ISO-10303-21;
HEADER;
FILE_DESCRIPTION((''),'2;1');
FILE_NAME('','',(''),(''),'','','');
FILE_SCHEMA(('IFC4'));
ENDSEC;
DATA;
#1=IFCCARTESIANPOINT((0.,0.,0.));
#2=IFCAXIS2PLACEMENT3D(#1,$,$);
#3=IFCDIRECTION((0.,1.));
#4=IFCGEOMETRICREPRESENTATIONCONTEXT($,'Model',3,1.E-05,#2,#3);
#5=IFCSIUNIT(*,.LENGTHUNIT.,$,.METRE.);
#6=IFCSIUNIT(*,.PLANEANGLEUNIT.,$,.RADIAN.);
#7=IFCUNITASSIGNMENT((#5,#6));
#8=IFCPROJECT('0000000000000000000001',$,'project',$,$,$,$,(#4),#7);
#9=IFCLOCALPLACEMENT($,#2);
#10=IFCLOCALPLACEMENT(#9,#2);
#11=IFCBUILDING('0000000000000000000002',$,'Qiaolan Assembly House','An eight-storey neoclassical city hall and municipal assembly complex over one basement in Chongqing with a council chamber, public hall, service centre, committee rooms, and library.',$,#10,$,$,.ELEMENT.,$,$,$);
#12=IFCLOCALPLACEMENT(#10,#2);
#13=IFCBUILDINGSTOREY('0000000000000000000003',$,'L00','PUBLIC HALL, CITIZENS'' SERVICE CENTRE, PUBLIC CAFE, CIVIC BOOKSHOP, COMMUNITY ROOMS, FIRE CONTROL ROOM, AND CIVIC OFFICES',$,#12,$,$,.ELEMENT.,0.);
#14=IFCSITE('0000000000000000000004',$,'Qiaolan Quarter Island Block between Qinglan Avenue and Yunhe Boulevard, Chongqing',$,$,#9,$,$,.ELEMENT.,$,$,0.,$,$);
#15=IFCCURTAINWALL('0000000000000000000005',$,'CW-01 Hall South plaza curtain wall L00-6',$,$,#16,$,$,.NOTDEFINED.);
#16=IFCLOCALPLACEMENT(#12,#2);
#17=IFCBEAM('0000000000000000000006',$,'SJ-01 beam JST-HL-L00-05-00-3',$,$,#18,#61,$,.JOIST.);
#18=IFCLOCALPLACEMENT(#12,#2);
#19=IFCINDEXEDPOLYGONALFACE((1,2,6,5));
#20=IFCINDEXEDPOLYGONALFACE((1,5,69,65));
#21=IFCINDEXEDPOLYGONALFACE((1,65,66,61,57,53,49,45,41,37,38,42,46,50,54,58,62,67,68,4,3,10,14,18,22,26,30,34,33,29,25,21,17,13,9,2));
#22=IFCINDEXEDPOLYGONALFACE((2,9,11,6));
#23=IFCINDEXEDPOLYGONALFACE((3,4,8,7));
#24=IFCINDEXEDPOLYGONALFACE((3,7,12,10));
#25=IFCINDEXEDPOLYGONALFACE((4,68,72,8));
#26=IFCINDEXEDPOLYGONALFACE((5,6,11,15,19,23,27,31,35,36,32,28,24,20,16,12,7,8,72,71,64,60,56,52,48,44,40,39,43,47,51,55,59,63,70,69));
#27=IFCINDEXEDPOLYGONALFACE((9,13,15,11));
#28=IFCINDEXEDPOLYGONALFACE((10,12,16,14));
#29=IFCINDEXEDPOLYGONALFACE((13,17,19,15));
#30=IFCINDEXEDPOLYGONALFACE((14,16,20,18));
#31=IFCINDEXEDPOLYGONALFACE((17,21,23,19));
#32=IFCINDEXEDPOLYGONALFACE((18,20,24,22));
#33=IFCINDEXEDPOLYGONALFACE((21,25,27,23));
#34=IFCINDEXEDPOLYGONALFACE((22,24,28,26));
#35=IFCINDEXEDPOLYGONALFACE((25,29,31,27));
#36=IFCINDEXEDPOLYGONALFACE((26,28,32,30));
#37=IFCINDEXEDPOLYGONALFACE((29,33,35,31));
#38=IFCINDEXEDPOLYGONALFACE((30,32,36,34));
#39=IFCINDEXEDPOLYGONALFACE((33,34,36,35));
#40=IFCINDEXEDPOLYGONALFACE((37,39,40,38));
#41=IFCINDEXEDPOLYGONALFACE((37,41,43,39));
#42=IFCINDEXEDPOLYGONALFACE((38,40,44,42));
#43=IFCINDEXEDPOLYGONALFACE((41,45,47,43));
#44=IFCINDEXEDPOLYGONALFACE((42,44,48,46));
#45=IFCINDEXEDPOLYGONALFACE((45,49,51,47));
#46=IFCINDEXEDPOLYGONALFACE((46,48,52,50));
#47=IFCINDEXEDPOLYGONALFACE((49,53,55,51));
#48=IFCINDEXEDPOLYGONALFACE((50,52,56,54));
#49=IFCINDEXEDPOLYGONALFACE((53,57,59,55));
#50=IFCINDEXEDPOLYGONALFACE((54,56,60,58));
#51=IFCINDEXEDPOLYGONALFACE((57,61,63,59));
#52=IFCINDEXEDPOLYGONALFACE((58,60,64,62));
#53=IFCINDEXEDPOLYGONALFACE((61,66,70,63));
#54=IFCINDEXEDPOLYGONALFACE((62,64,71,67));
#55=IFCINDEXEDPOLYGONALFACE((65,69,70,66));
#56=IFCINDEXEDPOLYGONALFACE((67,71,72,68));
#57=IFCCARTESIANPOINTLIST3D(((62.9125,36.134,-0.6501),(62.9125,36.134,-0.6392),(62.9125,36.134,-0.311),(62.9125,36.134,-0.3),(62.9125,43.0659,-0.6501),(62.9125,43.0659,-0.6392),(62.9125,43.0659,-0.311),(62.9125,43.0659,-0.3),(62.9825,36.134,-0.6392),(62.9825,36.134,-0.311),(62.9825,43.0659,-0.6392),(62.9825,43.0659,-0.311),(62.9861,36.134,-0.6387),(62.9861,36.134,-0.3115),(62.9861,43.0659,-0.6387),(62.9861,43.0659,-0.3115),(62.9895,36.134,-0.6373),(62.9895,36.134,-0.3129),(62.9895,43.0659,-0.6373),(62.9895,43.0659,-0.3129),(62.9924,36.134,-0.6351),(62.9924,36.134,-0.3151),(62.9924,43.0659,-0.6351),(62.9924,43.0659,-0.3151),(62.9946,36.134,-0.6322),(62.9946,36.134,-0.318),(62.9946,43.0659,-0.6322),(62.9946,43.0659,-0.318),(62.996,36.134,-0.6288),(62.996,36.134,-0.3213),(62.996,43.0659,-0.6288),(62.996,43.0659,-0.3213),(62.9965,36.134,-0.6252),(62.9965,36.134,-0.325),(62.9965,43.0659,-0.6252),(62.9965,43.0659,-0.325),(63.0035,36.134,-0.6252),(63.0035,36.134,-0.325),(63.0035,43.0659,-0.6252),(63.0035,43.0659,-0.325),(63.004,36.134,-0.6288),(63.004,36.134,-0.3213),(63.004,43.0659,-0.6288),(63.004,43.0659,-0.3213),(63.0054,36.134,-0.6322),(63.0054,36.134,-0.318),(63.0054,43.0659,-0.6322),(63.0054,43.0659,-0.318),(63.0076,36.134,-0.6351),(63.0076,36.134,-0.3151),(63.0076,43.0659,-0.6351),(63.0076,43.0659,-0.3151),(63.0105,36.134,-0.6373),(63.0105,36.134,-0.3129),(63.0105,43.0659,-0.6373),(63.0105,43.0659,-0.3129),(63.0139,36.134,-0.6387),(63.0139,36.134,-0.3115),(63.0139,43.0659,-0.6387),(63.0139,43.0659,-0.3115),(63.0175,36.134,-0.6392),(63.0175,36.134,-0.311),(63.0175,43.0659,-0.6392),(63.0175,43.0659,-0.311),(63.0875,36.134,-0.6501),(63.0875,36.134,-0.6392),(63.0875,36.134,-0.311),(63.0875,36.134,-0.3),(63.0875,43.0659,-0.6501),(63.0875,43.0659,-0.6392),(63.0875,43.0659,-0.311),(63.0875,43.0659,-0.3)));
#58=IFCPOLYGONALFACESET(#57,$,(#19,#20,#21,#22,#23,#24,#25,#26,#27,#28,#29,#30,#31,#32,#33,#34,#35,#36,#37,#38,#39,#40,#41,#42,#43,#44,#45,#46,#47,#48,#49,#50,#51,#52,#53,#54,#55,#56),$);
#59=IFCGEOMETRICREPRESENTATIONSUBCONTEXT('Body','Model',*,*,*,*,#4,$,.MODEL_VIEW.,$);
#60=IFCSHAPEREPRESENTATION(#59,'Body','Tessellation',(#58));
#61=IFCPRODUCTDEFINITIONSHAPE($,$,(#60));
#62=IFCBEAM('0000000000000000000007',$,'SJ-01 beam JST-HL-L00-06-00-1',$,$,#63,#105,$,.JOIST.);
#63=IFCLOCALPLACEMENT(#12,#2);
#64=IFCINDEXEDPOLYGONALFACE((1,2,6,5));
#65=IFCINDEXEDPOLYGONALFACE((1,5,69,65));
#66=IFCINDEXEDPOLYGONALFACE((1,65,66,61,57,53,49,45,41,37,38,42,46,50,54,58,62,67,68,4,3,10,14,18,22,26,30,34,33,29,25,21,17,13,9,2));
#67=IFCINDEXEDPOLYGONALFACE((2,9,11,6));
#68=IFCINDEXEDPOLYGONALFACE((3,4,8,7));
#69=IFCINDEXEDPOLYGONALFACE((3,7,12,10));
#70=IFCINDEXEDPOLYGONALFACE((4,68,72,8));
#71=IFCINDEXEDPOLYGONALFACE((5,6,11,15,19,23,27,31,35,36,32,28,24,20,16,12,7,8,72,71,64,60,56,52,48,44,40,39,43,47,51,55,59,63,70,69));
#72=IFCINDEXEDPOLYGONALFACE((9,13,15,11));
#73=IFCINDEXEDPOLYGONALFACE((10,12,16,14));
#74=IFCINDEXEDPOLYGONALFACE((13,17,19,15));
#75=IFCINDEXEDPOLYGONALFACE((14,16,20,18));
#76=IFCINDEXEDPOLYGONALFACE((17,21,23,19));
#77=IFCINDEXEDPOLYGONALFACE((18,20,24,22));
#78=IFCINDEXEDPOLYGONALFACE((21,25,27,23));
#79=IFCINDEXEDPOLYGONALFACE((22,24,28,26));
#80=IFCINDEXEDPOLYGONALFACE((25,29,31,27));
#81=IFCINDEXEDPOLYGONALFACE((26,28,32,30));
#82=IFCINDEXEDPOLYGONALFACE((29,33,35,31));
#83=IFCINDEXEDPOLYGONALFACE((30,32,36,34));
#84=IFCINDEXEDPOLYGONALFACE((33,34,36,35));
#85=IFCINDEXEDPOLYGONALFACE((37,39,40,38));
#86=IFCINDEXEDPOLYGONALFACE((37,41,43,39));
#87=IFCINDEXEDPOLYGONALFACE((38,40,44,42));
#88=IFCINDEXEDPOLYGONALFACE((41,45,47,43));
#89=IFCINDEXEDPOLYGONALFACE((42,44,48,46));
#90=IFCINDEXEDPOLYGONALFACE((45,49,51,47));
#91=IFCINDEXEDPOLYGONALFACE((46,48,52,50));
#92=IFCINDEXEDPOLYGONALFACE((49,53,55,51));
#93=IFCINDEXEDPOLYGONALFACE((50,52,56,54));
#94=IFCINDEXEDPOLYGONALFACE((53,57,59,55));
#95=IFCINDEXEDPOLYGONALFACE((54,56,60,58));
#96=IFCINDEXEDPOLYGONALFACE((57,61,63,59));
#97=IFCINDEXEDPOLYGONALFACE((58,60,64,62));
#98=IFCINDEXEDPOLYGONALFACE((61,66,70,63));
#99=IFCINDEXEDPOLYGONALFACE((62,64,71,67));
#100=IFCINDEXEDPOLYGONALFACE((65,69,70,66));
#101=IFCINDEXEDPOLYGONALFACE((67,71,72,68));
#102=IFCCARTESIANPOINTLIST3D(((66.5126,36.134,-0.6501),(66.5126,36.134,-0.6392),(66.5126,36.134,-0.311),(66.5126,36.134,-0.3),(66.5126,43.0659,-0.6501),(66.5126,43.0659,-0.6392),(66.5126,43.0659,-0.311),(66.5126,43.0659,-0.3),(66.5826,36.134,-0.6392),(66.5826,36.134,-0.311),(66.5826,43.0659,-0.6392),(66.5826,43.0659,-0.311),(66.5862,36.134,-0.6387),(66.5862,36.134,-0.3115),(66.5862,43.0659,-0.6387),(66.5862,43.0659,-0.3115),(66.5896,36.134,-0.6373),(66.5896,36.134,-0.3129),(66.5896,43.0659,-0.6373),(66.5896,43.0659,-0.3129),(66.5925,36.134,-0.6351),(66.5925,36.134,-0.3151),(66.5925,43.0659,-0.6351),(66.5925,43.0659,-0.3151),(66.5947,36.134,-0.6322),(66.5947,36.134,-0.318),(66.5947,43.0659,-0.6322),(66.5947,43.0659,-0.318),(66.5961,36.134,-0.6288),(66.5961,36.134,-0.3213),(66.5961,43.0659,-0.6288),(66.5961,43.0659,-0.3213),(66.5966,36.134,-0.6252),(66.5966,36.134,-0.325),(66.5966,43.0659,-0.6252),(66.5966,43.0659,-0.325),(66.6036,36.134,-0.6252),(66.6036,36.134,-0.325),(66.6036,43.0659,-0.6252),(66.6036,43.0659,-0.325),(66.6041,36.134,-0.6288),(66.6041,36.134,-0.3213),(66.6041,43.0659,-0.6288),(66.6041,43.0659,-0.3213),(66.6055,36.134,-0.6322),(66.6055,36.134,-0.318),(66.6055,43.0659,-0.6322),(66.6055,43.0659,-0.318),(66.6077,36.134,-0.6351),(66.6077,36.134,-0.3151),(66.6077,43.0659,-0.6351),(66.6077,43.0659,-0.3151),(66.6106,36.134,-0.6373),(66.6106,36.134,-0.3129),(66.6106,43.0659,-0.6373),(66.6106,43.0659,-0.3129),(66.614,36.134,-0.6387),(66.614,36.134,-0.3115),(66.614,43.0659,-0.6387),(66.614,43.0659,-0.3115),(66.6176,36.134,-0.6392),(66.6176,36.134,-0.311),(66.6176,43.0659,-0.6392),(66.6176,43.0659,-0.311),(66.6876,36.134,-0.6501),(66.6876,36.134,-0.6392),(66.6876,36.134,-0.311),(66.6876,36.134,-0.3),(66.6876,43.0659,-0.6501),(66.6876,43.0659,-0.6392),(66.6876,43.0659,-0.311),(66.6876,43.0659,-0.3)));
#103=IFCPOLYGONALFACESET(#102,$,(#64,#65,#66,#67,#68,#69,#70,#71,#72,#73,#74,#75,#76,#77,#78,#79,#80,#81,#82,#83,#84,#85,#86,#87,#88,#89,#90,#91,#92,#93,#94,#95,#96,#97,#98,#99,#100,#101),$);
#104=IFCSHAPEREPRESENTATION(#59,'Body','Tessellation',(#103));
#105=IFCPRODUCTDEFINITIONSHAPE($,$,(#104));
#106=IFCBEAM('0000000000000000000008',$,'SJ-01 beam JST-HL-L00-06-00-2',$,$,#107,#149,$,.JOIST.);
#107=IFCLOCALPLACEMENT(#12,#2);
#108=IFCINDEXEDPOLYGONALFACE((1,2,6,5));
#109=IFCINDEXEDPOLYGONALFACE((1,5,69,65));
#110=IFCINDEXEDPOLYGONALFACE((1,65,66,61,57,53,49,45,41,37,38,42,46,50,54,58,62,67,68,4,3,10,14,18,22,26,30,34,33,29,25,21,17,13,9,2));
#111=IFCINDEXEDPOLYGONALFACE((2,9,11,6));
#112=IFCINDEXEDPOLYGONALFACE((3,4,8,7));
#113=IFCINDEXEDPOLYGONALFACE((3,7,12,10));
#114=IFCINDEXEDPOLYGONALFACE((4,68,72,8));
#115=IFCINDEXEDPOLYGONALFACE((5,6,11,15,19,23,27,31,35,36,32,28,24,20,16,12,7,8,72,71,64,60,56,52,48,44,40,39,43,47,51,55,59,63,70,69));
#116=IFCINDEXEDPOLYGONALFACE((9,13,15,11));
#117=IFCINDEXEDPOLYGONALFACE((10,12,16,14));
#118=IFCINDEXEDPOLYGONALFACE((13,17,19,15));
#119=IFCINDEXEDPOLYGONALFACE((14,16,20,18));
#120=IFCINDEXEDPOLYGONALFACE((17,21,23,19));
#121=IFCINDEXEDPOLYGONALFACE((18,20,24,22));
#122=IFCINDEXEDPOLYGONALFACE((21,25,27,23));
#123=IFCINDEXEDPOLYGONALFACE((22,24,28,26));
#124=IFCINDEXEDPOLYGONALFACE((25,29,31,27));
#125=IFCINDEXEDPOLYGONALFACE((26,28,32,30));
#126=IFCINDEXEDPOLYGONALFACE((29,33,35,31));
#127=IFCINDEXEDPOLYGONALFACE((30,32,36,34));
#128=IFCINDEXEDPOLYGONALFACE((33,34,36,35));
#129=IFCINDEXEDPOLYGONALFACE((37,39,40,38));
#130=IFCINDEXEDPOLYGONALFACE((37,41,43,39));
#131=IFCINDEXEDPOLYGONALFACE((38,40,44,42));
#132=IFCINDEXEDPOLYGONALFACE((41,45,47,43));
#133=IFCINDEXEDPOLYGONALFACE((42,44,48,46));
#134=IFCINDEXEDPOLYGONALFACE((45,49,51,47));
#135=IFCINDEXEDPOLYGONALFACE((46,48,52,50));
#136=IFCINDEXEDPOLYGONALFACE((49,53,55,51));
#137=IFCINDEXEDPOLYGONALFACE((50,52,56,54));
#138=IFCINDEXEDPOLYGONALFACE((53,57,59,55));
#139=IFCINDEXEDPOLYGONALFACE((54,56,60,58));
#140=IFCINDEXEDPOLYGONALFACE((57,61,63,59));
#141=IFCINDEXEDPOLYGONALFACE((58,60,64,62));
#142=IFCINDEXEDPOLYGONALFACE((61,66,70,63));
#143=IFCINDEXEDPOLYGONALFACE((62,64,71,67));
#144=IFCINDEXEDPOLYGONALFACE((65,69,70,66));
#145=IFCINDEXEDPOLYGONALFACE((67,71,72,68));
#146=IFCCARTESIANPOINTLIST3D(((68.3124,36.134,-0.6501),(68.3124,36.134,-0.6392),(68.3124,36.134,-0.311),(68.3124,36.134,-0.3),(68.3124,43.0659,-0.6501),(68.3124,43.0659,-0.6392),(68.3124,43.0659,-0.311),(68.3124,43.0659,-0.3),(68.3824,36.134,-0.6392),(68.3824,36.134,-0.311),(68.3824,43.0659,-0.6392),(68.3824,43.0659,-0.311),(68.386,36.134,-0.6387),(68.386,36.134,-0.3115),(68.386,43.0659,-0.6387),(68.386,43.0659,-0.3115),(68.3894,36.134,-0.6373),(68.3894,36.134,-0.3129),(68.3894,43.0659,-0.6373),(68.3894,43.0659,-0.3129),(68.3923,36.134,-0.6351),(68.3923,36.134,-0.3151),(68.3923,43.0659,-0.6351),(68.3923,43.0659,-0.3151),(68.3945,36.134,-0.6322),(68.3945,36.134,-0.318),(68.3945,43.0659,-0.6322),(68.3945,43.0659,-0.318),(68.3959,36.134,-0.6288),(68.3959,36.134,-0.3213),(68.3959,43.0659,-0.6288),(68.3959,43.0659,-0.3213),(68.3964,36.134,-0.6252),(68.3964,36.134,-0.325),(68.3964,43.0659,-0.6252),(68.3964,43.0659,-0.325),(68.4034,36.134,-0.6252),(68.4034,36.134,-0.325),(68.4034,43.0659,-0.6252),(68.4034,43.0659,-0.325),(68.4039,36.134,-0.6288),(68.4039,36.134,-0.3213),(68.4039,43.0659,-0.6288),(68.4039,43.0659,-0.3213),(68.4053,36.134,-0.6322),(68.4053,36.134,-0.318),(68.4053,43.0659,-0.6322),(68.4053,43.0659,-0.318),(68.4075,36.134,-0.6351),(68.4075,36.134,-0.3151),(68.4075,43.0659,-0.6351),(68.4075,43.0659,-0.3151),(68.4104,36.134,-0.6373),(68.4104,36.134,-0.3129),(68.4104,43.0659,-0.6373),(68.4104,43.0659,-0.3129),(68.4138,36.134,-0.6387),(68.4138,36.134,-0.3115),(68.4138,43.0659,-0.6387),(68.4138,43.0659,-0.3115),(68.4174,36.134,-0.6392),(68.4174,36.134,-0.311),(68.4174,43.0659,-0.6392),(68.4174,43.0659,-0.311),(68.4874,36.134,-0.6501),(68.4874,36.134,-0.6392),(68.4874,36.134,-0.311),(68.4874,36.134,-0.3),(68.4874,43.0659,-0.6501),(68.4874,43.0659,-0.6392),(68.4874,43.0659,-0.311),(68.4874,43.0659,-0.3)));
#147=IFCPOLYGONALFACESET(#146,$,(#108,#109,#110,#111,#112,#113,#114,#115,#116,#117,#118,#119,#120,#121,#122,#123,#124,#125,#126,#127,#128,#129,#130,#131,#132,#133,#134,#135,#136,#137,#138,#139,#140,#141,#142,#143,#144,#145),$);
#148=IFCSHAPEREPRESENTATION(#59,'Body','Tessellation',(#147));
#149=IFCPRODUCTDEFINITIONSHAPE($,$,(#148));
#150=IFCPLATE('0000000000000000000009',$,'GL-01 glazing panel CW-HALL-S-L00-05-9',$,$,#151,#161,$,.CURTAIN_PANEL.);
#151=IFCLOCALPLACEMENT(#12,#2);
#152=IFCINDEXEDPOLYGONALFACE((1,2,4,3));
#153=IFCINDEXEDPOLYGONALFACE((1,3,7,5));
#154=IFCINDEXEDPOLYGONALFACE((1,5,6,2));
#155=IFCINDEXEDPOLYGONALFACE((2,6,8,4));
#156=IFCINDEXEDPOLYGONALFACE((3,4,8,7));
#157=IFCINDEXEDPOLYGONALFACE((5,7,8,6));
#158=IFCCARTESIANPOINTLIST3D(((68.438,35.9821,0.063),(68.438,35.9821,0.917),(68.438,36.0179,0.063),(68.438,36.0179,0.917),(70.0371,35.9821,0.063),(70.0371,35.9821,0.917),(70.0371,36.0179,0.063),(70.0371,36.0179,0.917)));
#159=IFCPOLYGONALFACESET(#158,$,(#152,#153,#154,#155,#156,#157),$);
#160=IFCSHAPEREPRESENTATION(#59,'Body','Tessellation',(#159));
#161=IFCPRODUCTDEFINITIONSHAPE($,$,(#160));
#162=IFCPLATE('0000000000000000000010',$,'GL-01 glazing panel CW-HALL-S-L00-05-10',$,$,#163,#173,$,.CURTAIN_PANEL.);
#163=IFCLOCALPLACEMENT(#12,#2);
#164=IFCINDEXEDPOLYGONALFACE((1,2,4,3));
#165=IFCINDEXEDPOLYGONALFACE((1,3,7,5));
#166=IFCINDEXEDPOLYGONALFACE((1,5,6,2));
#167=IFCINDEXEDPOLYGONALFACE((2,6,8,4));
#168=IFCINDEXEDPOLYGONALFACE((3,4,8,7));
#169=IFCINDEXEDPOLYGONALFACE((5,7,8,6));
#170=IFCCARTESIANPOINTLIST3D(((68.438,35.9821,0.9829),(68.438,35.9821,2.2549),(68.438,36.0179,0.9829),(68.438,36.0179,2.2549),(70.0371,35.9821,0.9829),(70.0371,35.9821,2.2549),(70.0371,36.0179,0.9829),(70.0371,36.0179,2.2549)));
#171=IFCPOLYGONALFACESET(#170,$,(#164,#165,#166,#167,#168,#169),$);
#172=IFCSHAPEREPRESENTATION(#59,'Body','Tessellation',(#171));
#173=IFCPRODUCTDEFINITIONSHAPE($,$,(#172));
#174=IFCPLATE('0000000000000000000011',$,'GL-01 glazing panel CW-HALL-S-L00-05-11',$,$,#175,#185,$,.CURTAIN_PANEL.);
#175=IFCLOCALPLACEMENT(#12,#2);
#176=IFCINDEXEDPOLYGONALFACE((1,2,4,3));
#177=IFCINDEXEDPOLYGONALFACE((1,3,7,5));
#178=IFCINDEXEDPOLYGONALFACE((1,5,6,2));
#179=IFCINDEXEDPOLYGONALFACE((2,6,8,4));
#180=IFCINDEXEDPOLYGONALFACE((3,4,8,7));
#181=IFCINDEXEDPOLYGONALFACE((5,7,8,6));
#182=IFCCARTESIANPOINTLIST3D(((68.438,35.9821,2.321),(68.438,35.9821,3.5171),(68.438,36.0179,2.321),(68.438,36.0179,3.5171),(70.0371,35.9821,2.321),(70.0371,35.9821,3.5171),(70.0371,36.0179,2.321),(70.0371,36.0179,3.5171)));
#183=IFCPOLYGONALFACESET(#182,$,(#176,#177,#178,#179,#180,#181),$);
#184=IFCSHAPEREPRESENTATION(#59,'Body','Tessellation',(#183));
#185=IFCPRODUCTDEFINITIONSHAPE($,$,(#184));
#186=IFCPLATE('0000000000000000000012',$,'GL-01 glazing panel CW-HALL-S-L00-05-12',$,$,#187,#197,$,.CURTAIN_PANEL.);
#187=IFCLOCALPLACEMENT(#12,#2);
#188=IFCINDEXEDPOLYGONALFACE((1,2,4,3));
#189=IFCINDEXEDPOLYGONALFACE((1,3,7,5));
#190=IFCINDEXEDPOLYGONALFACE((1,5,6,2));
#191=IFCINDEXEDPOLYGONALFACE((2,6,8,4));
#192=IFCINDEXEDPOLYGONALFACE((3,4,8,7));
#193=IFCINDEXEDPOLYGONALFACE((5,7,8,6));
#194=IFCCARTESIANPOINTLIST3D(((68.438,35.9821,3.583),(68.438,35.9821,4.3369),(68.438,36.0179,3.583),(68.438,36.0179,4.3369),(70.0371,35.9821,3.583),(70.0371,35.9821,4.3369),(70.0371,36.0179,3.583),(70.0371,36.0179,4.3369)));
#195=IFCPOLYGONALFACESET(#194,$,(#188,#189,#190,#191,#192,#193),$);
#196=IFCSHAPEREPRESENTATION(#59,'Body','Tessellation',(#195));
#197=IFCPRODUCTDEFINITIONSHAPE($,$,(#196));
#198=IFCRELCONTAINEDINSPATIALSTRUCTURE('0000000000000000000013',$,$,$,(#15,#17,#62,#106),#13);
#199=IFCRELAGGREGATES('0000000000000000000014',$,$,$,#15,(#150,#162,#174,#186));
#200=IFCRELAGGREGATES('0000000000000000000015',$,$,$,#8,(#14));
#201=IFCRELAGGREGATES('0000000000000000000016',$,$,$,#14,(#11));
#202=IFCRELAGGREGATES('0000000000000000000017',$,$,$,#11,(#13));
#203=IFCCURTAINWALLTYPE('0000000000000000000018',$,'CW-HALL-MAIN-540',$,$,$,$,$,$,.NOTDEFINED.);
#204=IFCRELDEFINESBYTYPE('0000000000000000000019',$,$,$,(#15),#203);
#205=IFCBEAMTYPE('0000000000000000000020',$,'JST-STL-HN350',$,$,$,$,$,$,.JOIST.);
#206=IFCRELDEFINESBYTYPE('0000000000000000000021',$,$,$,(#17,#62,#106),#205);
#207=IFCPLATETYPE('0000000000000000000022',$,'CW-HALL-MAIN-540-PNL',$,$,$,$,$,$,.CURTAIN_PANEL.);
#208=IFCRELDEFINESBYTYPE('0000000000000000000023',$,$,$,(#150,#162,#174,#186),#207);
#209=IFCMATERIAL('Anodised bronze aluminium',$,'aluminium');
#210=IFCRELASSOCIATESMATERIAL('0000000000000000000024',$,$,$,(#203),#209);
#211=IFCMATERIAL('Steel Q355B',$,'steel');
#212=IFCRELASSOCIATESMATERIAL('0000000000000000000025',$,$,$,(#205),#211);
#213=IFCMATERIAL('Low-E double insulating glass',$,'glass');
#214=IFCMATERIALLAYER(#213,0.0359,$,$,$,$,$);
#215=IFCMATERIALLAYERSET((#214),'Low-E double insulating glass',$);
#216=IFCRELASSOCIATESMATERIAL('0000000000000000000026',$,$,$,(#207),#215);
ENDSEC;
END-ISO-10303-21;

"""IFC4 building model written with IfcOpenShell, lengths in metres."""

from ifc_helpers import new_model, si_unit, direction, frame, frame_2d, origin, origin_2d, place, context, subcontext, project, spatial, rectangle, i_section, extrude, material, layer, layer_set, material_profile, profile_set, type_object, element, aggregate, save


model = new_model("IFC4")

# Units and contexts
model_context = context("Model", 3, precision=1e-05, world=origin(), true_north=direction((0.0, 1.0)))
body_context = subcontext(model_context, "Body", "Model", "MODEL_VIEW")
ifc_project = project(units=[si_unit("LENGTHUNIT", "METRE"), si_unit("PLANEANGLEUNIT", "RADIAN")], contexts=[model_context])

# Site, building, storey
site_placement = place(None, origin())
site = spatial("IfcSite", under=ifc_project, at=site_placement, Name="Qiaolan Quarter Island Block between Qinglan Avenue and Yunhe Boulevard, Chongqing", CompositionType="ELEMENT", RefElevation=0.0)
building_placement = place(site_placement, origin())
building = spatial("IfcBuilding", under=site, at=building_placement, Name="Qiaolan Assembly House", Description="An eight-storey neoclassical city hall and municipal assembly complex over one basement in Chongqing with a council chamber, public hall, service centre, committee rooms, and library.", CompositionType="ELEMENT")
storey_placement = place(building_placement, origin())
storey = spatial("IfcBuildingStorey", under=building, at=storey_placement, Name="L00", Description="PUBLIC HALL, CITIZENS' SERVICE CENTRE, PUBLIC CAFE, CIVIC BOOKSHOP, COMMUNITY ROOMS, FIRE CONTROL ROOM, AND CIVIC OFFICES", CompositionType="ELEMENT", Elevation=0.0)

# Shared definitions
ifc_material_1 = material(Name="Steel Q355B", Category="steel")

# Curtain wall
ifc_material_2 = material(Name="Anodised bronze aluminium", Category="aluminium")
curtain_wall_type = type_object("IfcCurtainWallType", Name="CW-HALL-MAIN-540", PredefinedType="NOTDEFINED", material=ifc_material_2)
curtain_wall_placement = place(storey_placement, origin())
curtain_wall = element("IfcCurtainWall", 1, at=curtain_wall_placement, inside=storey, type_object=curtain_wall_type, Name="CW-01 Hall South plaza curtain wall L00-6", PredefinedType="NOTDEFINED")

# Beams
ifc_material_profile_1 = material_profile(ifc_material_1, i_section(OverallWidth=0.175, OverallDepth=0.3501, WebThickness=0.0071, FlangeThickness=0.011, FilletRadius=0.0139, at=origin_2d()), Name="HN 350x175x7x11")
ifc_profile_set_1 = profile_set([ifc_material_profile_1], Name="Steel Q355B")
beam_type_1 = type_object("IfcBeamType", Name="JST-STL-HN350", PredefinedType="JOIST", material=ifc_profile_set_1)
for number, where, z_axis, x_axis, name in (
    (2, (63.0, 36.134, -0.4751), (0.0, 1.0, 0.0), (-1.0, 0.0, 0.0), "SJ-01 beam JST-HL-L00-05-00-3"),
    (3, (66.6001, 36.134, -0.4751), (0.0, 1.0, 0.0), (-1.0, 0.0, 0.0), "SJ-01 beam JST-HL-L00-06-00-1"),
    (4, (68.3999, 36.134, -0.4751), (0.0, 1.0, 0.0), (-1.0, 0.0, 0.0), "SJ-01 beam JST-HL-L00-06-00-2"),
):
    element("IfcBeam", number, at=place(storey_placement, frame(where, z_axis=z_axis, x_axis=x_axis)), inside=storey, type_object=beam_type_1, Name=name, PredefinedType="JOIST", context=body_context, shape_type="SweptSolid", body=[
        extrude(i_section(OverallWidth=0.175, OverallDepth=0.3501, WebThickness=0.0071, FlangeThickness=0.011, FilletRadius=0.0139, at=origin_2d()), origin(), (0.0, 0.0, 1.0), 6.9319),
    ])

# Plates
ifc_material_3 = material(Name="Low-E double insulating glass", Category="glass")
ifc_layer_1 = layer(ifc_material_3, 0.0359)
ifc_layer_set_1 = layer_set([ifc_layer_1], Name="Low-E double insulating glass")
plate_type_1 = type_object("IfcPlateType", Name="CW-HALL-MAIN-540-PNL", PredefinedType="CURTAIN_PANEL", material=ifc_layer_set_1)
plate_1_placement = place(storey_placement, frame((68.438, 36.0, 0.063), z_axis=(0.0, 0.0, 1.0), x_axis=(1.0, 0.0, 0.0)))
plate_1 = element("IfcPlate", 5, at=plate_1_placement, type_object=plate_type_1, Name="GL-01 glazing panel CW-HALL-S-L00-05-9", PredefinedType="CURTAIN_PANEL", context=body_context, shape_type="SweptSolid", body=[
    extrude(rectangle(XDim=1.5991, YDim=0.0359, at=frame_2d((0.7996, 0.0))), origin(), (0.0, 0.0, 1.0), 0.854),
])
plate_2_placement = place(storey_placement, frame((68.438, 36.0, 0.9829), z_axis=(0.0, 0.0, 1.0), x_axis=(1.0, 0.0, 0.0)))
plate_2 = element("IfcPlate", 6, at=plate_2_placement, type_object=plate_type_1, Name="GL-01 glazing panel CW-HALL-S-L00-05-10", PredefinedType="CURTAIN_PANEL", context=body_context, shape_type="SweptSolid", body=[
    extrude(rectangle(XDim=1.5991, YDim=0.0359, at=frame_2d((0.7996, 0.0))), origin(), (0.0, 0.0, 1.0), 1.272),
])
plate_3_placement = place(storey_placement, frame((68.438, 36.0, 2.321), z_axis=(0.0, 0.0, 1.0), x_axis=(1.0, 0.0, 0.0)))
plate_3 = element("IfcPlate", 7, at=plate_3_placement, type_object=plate_type_1, Name="GL-01 glazing panel CW-HALL-S-L00-05-11", PredefinedType="CURTAIN_PANEL", context=body_context, shape_type="SweptSolid", body=[
    extrude(rectangle(XDim=1.5991, YDim=0.0359, at=frame_2d((0.7996, 0.0))), origin(), (0.0, 0.0, 1.0), 1.196),
])
plate_4_placement = place(storey_placement, frame((68.438, 36.0, 3.583), z_axis=(0.0, 0.0, 1.0), x_axis=(1.0, 0.0, 0.0)))
plate_4 = element("IfcPlate", 8, at=plate_4_placement, type_object=plate_type_1, Name="GL-01 glazing panel CW-HALL-S-L00-05-12", PredefinedType="CURTAIN_PANEL", context=body_context, shape_type="SweptSolid", body=[
    extrude(rectangle(XDim=1.5991, YDim=0.0359, at=frame_2d((0.7996, 0.0))), origin(), (0.0, 0.0, 1.0), 0.7539),
])
aggregate(curtain_wall, [plate_1, plate_2, plate_3, plate_4])

save(model, "model.ifc")
